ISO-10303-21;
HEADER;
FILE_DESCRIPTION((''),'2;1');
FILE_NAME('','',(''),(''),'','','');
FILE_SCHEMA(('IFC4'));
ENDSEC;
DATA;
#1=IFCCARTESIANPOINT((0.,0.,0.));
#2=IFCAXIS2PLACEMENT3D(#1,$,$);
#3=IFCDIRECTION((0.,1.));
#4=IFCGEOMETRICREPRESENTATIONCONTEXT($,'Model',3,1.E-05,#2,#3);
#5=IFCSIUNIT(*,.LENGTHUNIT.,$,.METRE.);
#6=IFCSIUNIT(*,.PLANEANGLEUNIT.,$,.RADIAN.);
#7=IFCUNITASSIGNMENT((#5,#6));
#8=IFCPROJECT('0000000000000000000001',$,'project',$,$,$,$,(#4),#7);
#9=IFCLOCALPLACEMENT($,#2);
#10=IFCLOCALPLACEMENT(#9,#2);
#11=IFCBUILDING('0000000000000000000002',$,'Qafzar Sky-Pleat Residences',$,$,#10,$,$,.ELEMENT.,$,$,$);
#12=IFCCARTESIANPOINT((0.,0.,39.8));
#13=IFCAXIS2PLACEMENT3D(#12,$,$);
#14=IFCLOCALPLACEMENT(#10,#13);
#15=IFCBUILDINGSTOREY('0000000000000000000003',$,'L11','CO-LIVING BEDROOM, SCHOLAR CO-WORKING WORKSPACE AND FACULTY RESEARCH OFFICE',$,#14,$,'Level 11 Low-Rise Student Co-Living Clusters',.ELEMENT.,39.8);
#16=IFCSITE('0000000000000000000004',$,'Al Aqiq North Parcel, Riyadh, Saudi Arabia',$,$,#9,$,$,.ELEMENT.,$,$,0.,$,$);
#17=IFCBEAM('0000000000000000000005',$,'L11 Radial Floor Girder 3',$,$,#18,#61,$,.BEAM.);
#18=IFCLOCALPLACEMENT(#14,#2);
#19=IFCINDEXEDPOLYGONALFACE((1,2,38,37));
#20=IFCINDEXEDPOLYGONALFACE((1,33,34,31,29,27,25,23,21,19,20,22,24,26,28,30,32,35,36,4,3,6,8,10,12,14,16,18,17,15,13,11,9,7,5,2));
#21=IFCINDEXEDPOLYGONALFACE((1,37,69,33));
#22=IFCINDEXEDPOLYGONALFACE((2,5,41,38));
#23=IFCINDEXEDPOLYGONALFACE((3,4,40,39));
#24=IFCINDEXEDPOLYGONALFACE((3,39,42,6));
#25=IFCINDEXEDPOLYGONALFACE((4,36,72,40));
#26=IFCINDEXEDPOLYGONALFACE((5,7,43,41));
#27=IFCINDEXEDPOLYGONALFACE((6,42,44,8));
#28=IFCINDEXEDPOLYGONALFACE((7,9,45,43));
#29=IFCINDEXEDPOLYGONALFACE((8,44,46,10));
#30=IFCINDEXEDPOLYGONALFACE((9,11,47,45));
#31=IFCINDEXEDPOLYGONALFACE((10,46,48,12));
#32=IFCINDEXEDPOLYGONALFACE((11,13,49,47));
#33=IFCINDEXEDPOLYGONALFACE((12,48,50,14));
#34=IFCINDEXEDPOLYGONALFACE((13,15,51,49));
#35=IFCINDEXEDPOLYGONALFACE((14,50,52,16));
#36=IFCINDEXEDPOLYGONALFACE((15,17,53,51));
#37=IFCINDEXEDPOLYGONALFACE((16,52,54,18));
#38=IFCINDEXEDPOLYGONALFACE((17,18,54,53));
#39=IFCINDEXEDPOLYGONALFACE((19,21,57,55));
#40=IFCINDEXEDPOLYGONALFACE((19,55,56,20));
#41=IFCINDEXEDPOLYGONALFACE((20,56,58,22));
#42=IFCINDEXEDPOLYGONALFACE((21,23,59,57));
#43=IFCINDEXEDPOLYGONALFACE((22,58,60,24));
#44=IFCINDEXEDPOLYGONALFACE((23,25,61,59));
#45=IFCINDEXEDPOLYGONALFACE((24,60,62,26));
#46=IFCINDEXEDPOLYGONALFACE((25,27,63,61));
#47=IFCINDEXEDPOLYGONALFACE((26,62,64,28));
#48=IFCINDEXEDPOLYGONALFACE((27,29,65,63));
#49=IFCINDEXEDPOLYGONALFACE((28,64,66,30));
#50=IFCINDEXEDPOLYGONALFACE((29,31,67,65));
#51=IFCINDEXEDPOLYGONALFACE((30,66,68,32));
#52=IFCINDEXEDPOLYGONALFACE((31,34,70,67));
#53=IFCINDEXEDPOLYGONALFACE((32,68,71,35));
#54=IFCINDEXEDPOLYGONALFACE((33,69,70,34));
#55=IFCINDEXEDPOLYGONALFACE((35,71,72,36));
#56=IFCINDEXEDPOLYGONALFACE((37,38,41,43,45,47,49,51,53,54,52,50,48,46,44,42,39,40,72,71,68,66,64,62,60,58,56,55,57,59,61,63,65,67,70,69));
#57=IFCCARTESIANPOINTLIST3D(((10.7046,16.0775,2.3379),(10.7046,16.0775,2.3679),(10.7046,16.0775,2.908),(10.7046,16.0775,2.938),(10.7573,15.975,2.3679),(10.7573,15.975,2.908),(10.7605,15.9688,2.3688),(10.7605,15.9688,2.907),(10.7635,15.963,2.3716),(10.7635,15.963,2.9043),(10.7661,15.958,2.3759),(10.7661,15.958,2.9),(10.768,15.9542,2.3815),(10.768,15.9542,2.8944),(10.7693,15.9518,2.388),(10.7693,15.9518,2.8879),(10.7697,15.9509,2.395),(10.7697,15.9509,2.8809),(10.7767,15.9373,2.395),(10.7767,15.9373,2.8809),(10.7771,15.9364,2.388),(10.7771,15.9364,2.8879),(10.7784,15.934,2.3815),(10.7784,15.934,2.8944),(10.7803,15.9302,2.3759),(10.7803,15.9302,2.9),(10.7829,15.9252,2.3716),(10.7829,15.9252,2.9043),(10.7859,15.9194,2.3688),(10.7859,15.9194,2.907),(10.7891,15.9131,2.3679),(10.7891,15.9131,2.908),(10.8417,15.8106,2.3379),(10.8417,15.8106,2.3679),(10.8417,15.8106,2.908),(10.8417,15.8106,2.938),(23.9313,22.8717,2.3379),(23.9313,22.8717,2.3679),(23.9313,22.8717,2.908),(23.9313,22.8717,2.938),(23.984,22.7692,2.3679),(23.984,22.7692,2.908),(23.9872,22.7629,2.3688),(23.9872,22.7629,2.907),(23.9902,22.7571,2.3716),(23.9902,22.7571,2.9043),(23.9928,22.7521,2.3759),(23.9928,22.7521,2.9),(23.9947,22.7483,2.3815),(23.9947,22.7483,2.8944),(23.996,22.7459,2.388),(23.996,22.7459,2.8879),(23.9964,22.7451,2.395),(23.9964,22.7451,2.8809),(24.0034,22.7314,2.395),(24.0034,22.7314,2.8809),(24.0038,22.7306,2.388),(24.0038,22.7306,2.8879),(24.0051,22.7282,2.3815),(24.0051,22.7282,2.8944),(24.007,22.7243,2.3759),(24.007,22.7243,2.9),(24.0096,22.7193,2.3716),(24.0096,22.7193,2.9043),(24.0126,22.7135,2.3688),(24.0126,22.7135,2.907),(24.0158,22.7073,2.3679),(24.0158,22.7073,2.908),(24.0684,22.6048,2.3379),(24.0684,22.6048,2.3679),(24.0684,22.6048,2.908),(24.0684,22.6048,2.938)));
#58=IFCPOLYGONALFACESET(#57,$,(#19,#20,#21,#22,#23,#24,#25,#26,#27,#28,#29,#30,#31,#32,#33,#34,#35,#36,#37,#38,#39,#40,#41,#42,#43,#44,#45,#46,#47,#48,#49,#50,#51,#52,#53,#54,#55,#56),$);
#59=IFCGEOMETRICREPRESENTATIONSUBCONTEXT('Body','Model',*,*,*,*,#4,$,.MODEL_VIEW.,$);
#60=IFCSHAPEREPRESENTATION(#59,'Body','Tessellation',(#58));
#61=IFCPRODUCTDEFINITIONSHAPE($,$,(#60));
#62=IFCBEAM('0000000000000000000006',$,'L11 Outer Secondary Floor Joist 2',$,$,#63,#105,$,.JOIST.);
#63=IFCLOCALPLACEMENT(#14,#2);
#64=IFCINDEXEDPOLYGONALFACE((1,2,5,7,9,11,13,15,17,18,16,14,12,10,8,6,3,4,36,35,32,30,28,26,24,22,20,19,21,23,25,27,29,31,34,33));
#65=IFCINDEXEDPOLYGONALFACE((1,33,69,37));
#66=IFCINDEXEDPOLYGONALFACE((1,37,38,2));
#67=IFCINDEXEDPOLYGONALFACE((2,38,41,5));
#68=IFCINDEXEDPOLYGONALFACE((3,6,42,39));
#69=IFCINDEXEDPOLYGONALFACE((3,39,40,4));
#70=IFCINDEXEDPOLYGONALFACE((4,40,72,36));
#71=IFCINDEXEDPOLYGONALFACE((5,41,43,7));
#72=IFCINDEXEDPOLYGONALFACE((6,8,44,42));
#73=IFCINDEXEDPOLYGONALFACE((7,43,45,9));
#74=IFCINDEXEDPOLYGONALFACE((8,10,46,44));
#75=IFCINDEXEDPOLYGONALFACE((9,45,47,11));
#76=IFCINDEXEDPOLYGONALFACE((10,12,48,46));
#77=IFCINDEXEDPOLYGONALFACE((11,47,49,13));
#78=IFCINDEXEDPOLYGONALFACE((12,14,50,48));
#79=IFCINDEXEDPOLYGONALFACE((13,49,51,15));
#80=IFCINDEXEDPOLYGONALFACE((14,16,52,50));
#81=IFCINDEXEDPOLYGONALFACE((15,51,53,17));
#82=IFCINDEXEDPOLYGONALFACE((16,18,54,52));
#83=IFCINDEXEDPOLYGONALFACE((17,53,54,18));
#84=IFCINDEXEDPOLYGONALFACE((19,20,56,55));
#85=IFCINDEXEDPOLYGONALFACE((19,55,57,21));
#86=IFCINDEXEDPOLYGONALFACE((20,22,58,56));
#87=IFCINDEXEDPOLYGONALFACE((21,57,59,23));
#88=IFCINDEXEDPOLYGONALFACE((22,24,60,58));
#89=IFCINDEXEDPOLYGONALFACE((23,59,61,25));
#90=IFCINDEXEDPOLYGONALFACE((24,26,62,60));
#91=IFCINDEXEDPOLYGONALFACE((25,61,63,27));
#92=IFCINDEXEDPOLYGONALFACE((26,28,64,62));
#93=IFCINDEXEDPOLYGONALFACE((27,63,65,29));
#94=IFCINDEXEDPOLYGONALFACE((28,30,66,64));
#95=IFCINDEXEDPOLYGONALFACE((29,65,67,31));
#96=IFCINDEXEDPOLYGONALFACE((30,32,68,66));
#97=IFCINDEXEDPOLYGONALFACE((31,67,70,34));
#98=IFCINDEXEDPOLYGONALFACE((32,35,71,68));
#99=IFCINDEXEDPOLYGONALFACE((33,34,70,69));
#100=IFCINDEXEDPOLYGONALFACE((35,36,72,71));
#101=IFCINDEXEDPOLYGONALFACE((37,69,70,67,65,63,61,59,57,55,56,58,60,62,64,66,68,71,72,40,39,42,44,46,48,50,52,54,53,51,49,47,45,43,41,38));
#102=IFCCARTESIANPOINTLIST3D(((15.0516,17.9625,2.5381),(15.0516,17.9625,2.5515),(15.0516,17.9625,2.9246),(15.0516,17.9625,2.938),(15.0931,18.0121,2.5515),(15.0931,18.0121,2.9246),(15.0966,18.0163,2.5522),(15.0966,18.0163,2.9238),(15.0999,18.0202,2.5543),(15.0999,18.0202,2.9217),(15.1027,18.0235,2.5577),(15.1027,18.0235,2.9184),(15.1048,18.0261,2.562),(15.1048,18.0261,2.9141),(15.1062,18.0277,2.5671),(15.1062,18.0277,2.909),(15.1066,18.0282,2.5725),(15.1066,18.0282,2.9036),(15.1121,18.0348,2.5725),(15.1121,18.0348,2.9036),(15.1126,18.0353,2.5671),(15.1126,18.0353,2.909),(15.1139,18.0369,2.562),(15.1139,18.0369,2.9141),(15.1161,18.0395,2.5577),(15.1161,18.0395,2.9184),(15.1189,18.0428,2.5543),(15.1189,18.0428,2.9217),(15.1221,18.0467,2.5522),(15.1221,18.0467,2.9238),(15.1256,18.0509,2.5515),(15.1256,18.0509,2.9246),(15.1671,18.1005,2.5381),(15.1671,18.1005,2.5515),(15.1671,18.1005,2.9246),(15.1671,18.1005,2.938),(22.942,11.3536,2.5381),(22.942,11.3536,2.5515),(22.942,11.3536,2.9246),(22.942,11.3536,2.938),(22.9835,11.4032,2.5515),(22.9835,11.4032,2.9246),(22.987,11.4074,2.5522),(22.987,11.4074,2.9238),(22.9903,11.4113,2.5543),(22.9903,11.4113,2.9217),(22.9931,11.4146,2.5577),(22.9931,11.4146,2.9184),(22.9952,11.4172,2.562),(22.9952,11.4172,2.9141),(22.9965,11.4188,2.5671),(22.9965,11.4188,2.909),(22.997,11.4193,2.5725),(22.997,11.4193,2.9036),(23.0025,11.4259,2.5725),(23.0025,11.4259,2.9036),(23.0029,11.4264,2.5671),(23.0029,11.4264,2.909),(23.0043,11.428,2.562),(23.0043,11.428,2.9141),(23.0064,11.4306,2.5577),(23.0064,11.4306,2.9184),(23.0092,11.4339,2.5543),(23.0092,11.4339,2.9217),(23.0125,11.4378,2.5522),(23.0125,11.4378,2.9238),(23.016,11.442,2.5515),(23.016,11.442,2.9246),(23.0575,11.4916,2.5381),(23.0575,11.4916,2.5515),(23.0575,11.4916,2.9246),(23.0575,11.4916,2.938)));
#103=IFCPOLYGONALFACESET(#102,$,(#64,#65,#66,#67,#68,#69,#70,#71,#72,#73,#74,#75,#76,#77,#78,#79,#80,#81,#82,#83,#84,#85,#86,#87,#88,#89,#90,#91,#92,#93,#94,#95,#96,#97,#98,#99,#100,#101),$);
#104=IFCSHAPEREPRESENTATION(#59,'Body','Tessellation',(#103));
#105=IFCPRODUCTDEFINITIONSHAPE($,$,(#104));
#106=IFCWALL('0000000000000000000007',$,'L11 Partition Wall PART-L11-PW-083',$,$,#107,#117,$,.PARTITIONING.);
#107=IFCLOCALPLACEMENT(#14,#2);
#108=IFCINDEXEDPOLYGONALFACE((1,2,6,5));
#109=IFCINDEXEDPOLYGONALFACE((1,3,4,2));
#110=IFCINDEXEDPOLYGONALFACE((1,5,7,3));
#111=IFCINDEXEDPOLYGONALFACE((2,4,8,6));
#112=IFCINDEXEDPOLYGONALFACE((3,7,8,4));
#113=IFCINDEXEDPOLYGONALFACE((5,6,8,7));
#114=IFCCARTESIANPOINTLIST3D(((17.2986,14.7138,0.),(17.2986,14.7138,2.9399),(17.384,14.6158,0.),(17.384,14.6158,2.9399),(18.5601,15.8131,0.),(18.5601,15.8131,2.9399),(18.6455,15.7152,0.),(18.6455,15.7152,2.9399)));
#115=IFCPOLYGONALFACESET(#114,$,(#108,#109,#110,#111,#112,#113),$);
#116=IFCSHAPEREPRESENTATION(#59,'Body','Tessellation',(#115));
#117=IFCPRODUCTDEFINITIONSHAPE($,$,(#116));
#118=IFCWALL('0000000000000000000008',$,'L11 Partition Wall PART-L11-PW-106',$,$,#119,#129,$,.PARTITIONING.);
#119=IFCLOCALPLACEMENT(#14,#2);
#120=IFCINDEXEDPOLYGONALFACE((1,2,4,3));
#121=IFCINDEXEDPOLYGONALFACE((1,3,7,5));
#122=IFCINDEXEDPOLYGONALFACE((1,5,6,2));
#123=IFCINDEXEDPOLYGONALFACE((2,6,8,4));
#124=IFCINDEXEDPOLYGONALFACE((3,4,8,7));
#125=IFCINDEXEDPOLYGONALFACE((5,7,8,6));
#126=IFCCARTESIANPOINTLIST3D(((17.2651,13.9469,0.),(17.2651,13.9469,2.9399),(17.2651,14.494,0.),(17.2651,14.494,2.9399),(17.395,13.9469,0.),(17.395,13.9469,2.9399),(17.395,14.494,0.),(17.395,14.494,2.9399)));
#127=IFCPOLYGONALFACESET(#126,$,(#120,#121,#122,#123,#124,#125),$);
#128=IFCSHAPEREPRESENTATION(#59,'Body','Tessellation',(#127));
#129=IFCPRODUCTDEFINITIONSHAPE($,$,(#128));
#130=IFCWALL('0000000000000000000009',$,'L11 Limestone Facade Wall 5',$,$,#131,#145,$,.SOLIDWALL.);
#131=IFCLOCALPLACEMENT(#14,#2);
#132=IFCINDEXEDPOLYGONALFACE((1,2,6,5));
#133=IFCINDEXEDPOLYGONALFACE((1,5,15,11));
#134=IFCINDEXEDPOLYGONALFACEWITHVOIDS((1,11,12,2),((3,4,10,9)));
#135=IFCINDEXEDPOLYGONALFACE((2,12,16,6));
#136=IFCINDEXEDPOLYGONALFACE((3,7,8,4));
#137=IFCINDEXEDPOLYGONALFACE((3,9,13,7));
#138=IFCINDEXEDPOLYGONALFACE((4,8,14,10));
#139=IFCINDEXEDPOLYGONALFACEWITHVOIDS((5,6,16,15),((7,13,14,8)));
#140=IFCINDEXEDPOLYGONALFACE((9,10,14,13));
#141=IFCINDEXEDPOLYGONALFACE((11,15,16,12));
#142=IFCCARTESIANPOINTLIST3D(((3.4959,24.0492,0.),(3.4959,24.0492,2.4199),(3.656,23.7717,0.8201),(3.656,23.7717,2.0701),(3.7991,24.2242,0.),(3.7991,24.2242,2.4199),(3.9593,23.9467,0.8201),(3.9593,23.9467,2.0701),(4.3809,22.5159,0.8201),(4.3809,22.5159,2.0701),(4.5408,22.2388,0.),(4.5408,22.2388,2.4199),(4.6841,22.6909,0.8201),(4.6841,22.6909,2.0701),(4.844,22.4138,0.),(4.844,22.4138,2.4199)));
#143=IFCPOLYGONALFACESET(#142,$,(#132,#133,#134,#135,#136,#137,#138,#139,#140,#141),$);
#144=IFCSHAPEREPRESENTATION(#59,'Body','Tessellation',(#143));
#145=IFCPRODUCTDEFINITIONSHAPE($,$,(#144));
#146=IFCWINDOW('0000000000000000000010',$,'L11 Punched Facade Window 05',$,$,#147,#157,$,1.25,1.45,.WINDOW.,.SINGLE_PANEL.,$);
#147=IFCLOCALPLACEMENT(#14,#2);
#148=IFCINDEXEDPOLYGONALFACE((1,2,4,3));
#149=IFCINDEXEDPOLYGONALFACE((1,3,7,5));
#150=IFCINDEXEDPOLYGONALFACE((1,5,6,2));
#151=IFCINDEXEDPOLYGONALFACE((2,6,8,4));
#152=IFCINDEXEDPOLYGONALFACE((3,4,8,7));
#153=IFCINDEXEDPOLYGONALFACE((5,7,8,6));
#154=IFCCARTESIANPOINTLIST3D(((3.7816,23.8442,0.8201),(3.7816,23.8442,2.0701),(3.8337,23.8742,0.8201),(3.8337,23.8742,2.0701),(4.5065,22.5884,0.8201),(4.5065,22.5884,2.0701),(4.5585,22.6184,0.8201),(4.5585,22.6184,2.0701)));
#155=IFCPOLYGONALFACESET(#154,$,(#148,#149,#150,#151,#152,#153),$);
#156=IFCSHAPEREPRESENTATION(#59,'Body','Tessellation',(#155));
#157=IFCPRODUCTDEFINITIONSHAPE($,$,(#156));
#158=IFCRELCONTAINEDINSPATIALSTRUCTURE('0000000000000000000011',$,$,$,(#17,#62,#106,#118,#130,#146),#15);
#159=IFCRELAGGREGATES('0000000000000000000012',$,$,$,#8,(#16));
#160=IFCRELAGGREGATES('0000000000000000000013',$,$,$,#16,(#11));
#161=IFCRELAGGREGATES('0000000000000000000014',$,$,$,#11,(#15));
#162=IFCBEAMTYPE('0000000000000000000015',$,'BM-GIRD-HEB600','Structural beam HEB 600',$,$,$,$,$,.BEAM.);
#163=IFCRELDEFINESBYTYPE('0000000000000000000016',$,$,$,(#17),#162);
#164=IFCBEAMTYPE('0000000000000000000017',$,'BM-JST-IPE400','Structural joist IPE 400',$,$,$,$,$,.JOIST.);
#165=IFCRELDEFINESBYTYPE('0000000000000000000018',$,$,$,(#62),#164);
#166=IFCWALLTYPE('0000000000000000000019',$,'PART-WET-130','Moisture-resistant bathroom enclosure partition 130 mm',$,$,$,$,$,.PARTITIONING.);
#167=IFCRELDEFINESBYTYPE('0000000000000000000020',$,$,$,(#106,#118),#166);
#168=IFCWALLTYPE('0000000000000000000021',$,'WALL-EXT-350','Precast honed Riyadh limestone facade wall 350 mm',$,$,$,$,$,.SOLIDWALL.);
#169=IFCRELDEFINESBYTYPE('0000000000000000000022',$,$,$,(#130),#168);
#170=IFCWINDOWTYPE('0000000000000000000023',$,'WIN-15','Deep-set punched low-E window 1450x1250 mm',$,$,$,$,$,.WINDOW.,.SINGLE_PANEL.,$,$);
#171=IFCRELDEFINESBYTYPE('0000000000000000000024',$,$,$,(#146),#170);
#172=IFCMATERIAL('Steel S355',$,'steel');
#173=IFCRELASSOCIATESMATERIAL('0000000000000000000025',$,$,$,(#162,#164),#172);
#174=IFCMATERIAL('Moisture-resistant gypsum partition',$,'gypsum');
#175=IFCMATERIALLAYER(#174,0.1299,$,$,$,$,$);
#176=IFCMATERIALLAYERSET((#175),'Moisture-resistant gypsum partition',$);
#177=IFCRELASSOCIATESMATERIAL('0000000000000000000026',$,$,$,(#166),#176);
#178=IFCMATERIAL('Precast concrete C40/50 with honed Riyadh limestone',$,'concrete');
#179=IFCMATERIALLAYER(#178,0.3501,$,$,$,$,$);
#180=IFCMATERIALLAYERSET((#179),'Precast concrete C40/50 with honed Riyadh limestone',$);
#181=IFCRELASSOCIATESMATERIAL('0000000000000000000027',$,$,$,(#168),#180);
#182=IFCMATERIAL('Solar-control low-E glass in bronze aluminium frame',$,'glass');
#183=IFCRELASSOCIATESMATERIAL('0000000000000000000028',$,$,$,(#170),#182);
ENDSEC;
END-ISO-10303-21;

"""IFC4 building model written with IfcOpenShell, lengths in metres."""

from ifc_helpers import new_model, si_unit, direction, frame, frame_2d, origin, origin_2d, place, context, subcontext, project, spatial, rectangle, i_section, extrude, source, transform, mapped, material, layer, layer_set, material_profile, profile_set, type_object, element, fill, save


model = new_model("IFC4")

# Units and contexts
model_context = context("Model", 3, precision=1e-05, world=origin(), true_north=direction((0.0, 1.0)))
body_context = subcontext(model_context, "Body", "Model", "MODEL_VIEW")
ifc_project = project(units=[si_unit("LENGTHUNIT", "METRE"), si_unit("PLANEANGLEUNIT", "RADIAN")], contexts=[model_context])

# Site, building, storey
site_placement = place(None, origin())
site = spatial("IfcSite", under=ifc_project, at=site_placement, Name="Al Aqiq North Parcel, Riyadh, Saudi Arabia", CompositionType="ELEMENT", RefElevation=0.0)
building_placement = place(site_placement, origin())
building = spatial("IfcBuilding", under=site, at=building_placement, Name="Qafzar Sky-Pleat Residences", CompositionType="ELEMENT")
storey_placement = place(building_placement, frame((0.0, 0.0, 39.8)))
storey = spatial("IfcBuildingStorey", under=building, at=storey_placement, Name="L11", Description="CO-LIVING BEDROOM, SCHOLAR CO-WORKING WORKSPACE AND FACULTY RESEARCH OFFICE", LongName="Level 11 Low-Rise Student Co-Living Clusters", CompositionType="ELEMENT", Elevation=39.8)

# Beams
ifc_material_1 = material(Name="Steel S355", Category="steel")
ifc_material_profile_1 = material_profile(ifc_material_1, i_section(OverallWidth=0.3, OverallDepth=0.6001, WebThickness=0.0154, FlangeThickness=0.03, FilletRadius=0.0271, at=origin_2d()), Name="HEB 600")
ifc_profile_set_1 = profile_set([ifc_material_profile_1], Name="Steel S355")
beam_type_1 = type_object("IfcBeamType", Name="BM-GIRD-HEB600", Description="Structural beam HEB 600", PredefinedType="BEAM", material=ifc_profile_set_1)
shared_shape_1 = source(origin(), body_context, "Body", "SweptSolid", [
    extrude(i_section(OverallWidth=0.3, OverallDepth=0.6001, WebThickness=0.0154, FlangeThickness=0.03, FilletRadius=0.0271, at=origin_2d()), origin(), (0.0, 0.0, 1.0), 14.8696),
])
beam_1_placement = place(storey_placement, frame((10.7732, 15.9441, 2.6379), z_axis=(0.889511, 0.456914, 0.0), x_axis=(-0.456914, 0.889511, 0.0)))
element("IfcBeam", 1, at=beam_1_placement, inside=storey, type_object=beam_type_1, Name="L11 Radial Floor Girder 3", PredefinedType="BEAM", context=body_context, shape_type="MappedRepresentation", body=[
    mapped(shared_shape_1, transform((0.0, 0.0, 0.0), x_axis=(1.0, 0.0, 0.0), y_axis=(0.0, 1.0, 0.0), z_axis=(0.0, 0.0, 1.0), scale=1.0)),
])
ifc_material_profile_2 = material_profile(ifc_material_1, i_section(OverallWidth=0.1799, OverallDepth=0.3999, WebThickness=0.0085, FlangeThickness=0.0134, FilletRadius=0.021, at=origin_2d()), Name="IPE 400")
ifc_profile_set_2 = profile_set([ifc_material_profile_2], Name="Steel S355")
beam_type_2 = type_object("IfcBeamType", Name="BM-JST-IPE400", Description="Structural joist IPE 400", PredefinedType="JOIST", material=ifc_profile_set_2)
shared_shape_2 = source(origin(), body_context, "Body", "SweptSolid", [
    extrude(i_section(OverallWidth=0.1799, OverallDepth=0.3999, WebThickness=0.0085, FlangeThickness=0.0134, FilletRadius=0.021, at=origin_2d()), origin(), (0.0, 0.0, 1.0), 10.2925),
])
beam_2_placement = place(storey_placement, frame((15.1094, 18.0315, 2.738), z_axis=(0.766615, -0.642107, 0.0), x_axis=(0.642107, 0.766615, 0.0)))
element("IfcBeam", 2, at=beam_2_placement, inside=storey, type_object=beam_type_2, Name="L11 Outer Secondary Floor Joist 2", PredefinedType="JOIST", context=body_context, shape_type="MappedRepresentation", body=[
    mapped(shared_shape_2, transform((0.0, 0.0, 0.0), x_axis=(1.0, 0.0, 0.0), y_axis=(0.0, 1.0, 0.0), z_axis=(0.0, 0.0, 1.0), scale=1.0)),
])

# Walls
ifc_material_2 = material(Name="Moisture-resistant gypsum partition", Category="gypsum")
ifc_layer_1 = layer(ifc_material_2, 0.1299)
ifc_layer_set_1 = layer_set([ifc_layer_1], Name="Moisture-resistant gypsum partition")
wall_type_1 = type_object("IfcWallType", Name="PART-WET-130", Description="Moisture-resistant bathroom enclosure partition 130 mm", PredefinedType="PARTITIONING", material=ifc_layer_set_1)
wall_1_placement = place(storey_placement, frame((17.3413, 14.6648, 0.0), z_axis=(0.0, 0.0, 1.0), x_axis=(0.753886, 0.657006, 0.0)))
element("IfcWall", 3, at=wall_1_placement, inside=storey, type_object=wall_type_1, Name="L11 Partition Wall PART-L11-PW-083", PredefinedType="PARTITIONING", context=body_context, shape_type="SweptSolid", body=[
    extrude(rectangle(XDim=1.6733, YDim=0.1299, at=frame_2d((0.8367, 0.0))), origin(), (0.0, 0.0, 1.0), 2.9399),
])
wall_2_placement = place(storey_placement, frame((17.3301, 13.947, 0.0), z_axis=(0.0, 0.0, 1.0), x_axis=(0.0, 1.0, 0.0)))
element("IfcWall", 4, at=wall_2_placement, inside=storey, type_object=wall_type_1, Name="L11 Partition Wall PART-L11-PW-106", PredefinedType="PARTITIONING", context=body_context, shape_type="SweptSolid", body=[
    extrude(rectangle(XDim=0.5471, YDim=0.1299, at=frame_2d((0.2734, 0.0))), origin(), (0.0, 0.0, 1.0), 2.9399),
])

# Wall, opening, window
ifc_material_3 = material(Name="Precast concrete C40/50 with honed Riyadh limestone", Category="concrete")
ifc_layer_2 = layer(ifc_material_3, 0.3501)
ifc_layer_set_2 = layer_set([ifc_layer_2], Name="Precast concrete C40/50 with honed Riyadh limestone")
wall_type_2 = type_object("IfcWallType", Name="WALL-EXT-350", Description="Precast honed Riyadh limestone facade wall 350 mm", PredefinedType="SOLIDWALL", material=ifc_layer_set_2)
wall_3_placement = place(storey_placement, frame((3.6475, 24.1367, 0.0), z_axis=(0.0, 0.0, 1.0), x_axis=(0.499908, -0.866079, 0.0)))
wall_3 = element("IfcWall", 5, at=wall_3_placement, inside=storey, type_object=wall_type_2, Name="L11 Limestone Facade Wall 5", PredefinedType="SOLIDWALL", context=body_context, shape_type="SweptSolid", body=[
    extrude(rectangle(XDim=2.0903, YDim=0.3501, at=frame_2d((1.0452, 0.0))), origin(), (0.0, 0.0, 1.0), 2.4199),
])
opening_1_placement = place(wall_3_placement, frame((0.3203, 0.0, 0.8201)))
opening_1 = element("IfcOpeningElement", 6, at=opening_1_placement, cuts=wall_3, PredefinedType="OPENING", context=body_context, shape_type="SweptSolid", body=[
    extrude(rectangle(XDim=1.45, YDim=1.25, at=frame_2d((0.7251, 0.625))), frame((0.0, 0.1851, 0.0), z_axis=(0.0, -1.0, 0.0), x_axis=(1.0, 0.0, 0.0)), (0.0, 0.0, 1.0), 0.3701),
])
ifc_material_4 = material(Name="Solar-control low-E glass in bronze aluminium frame", Category="glass")
window_type_1 = type_object("IfcWindowType", Name="WIN-15", Description="Deep-set punched low-E window 1450x1250 mm", PartitioningType="SINGLE_PANEL", PredefinedType="WINDOW", material=ifc_material_4)
shared_shape_3 = source(origin(), body_context, "Body", "SweptSolid", [
    extrude(rectangle(XDim=1.45, YDim=1.25, at=frame_2d((0.7251, 0.625))), frame((0.0, 0.03, 0.0), z_axis=(0.0, -1.0, 0.0), x_axis=(1.0, 0.0, 0.0)), (0.0, 0.0, 1.0), 0.0601),
])
window_1_placement = place(opening_1_placement, origin())
window_1 = element("IfcWindow", 7, at=window_1_placement, inside=storey, type_object=window_type_1, Name="L11 Punched Facade Window 05", OverallHeight=1.25, OverallWidth=1.45, PartitioningType="SINGLE_PANEL", PredefinedType="WINDOW", context=body_context, shape_type="MappedRepresentation", body=[
    mapped(shared_shape_3, transform((0.0, 0.0, 0.0), x_axis=(1.0, 0.0, 0.0), y_axis=(0.0, 1.0, 0.0), z_axis=(0.0, 0.0, 1.0), scale=1.0)),
])
fill(opening_1, window_1)

save(model, "model.ifc")
